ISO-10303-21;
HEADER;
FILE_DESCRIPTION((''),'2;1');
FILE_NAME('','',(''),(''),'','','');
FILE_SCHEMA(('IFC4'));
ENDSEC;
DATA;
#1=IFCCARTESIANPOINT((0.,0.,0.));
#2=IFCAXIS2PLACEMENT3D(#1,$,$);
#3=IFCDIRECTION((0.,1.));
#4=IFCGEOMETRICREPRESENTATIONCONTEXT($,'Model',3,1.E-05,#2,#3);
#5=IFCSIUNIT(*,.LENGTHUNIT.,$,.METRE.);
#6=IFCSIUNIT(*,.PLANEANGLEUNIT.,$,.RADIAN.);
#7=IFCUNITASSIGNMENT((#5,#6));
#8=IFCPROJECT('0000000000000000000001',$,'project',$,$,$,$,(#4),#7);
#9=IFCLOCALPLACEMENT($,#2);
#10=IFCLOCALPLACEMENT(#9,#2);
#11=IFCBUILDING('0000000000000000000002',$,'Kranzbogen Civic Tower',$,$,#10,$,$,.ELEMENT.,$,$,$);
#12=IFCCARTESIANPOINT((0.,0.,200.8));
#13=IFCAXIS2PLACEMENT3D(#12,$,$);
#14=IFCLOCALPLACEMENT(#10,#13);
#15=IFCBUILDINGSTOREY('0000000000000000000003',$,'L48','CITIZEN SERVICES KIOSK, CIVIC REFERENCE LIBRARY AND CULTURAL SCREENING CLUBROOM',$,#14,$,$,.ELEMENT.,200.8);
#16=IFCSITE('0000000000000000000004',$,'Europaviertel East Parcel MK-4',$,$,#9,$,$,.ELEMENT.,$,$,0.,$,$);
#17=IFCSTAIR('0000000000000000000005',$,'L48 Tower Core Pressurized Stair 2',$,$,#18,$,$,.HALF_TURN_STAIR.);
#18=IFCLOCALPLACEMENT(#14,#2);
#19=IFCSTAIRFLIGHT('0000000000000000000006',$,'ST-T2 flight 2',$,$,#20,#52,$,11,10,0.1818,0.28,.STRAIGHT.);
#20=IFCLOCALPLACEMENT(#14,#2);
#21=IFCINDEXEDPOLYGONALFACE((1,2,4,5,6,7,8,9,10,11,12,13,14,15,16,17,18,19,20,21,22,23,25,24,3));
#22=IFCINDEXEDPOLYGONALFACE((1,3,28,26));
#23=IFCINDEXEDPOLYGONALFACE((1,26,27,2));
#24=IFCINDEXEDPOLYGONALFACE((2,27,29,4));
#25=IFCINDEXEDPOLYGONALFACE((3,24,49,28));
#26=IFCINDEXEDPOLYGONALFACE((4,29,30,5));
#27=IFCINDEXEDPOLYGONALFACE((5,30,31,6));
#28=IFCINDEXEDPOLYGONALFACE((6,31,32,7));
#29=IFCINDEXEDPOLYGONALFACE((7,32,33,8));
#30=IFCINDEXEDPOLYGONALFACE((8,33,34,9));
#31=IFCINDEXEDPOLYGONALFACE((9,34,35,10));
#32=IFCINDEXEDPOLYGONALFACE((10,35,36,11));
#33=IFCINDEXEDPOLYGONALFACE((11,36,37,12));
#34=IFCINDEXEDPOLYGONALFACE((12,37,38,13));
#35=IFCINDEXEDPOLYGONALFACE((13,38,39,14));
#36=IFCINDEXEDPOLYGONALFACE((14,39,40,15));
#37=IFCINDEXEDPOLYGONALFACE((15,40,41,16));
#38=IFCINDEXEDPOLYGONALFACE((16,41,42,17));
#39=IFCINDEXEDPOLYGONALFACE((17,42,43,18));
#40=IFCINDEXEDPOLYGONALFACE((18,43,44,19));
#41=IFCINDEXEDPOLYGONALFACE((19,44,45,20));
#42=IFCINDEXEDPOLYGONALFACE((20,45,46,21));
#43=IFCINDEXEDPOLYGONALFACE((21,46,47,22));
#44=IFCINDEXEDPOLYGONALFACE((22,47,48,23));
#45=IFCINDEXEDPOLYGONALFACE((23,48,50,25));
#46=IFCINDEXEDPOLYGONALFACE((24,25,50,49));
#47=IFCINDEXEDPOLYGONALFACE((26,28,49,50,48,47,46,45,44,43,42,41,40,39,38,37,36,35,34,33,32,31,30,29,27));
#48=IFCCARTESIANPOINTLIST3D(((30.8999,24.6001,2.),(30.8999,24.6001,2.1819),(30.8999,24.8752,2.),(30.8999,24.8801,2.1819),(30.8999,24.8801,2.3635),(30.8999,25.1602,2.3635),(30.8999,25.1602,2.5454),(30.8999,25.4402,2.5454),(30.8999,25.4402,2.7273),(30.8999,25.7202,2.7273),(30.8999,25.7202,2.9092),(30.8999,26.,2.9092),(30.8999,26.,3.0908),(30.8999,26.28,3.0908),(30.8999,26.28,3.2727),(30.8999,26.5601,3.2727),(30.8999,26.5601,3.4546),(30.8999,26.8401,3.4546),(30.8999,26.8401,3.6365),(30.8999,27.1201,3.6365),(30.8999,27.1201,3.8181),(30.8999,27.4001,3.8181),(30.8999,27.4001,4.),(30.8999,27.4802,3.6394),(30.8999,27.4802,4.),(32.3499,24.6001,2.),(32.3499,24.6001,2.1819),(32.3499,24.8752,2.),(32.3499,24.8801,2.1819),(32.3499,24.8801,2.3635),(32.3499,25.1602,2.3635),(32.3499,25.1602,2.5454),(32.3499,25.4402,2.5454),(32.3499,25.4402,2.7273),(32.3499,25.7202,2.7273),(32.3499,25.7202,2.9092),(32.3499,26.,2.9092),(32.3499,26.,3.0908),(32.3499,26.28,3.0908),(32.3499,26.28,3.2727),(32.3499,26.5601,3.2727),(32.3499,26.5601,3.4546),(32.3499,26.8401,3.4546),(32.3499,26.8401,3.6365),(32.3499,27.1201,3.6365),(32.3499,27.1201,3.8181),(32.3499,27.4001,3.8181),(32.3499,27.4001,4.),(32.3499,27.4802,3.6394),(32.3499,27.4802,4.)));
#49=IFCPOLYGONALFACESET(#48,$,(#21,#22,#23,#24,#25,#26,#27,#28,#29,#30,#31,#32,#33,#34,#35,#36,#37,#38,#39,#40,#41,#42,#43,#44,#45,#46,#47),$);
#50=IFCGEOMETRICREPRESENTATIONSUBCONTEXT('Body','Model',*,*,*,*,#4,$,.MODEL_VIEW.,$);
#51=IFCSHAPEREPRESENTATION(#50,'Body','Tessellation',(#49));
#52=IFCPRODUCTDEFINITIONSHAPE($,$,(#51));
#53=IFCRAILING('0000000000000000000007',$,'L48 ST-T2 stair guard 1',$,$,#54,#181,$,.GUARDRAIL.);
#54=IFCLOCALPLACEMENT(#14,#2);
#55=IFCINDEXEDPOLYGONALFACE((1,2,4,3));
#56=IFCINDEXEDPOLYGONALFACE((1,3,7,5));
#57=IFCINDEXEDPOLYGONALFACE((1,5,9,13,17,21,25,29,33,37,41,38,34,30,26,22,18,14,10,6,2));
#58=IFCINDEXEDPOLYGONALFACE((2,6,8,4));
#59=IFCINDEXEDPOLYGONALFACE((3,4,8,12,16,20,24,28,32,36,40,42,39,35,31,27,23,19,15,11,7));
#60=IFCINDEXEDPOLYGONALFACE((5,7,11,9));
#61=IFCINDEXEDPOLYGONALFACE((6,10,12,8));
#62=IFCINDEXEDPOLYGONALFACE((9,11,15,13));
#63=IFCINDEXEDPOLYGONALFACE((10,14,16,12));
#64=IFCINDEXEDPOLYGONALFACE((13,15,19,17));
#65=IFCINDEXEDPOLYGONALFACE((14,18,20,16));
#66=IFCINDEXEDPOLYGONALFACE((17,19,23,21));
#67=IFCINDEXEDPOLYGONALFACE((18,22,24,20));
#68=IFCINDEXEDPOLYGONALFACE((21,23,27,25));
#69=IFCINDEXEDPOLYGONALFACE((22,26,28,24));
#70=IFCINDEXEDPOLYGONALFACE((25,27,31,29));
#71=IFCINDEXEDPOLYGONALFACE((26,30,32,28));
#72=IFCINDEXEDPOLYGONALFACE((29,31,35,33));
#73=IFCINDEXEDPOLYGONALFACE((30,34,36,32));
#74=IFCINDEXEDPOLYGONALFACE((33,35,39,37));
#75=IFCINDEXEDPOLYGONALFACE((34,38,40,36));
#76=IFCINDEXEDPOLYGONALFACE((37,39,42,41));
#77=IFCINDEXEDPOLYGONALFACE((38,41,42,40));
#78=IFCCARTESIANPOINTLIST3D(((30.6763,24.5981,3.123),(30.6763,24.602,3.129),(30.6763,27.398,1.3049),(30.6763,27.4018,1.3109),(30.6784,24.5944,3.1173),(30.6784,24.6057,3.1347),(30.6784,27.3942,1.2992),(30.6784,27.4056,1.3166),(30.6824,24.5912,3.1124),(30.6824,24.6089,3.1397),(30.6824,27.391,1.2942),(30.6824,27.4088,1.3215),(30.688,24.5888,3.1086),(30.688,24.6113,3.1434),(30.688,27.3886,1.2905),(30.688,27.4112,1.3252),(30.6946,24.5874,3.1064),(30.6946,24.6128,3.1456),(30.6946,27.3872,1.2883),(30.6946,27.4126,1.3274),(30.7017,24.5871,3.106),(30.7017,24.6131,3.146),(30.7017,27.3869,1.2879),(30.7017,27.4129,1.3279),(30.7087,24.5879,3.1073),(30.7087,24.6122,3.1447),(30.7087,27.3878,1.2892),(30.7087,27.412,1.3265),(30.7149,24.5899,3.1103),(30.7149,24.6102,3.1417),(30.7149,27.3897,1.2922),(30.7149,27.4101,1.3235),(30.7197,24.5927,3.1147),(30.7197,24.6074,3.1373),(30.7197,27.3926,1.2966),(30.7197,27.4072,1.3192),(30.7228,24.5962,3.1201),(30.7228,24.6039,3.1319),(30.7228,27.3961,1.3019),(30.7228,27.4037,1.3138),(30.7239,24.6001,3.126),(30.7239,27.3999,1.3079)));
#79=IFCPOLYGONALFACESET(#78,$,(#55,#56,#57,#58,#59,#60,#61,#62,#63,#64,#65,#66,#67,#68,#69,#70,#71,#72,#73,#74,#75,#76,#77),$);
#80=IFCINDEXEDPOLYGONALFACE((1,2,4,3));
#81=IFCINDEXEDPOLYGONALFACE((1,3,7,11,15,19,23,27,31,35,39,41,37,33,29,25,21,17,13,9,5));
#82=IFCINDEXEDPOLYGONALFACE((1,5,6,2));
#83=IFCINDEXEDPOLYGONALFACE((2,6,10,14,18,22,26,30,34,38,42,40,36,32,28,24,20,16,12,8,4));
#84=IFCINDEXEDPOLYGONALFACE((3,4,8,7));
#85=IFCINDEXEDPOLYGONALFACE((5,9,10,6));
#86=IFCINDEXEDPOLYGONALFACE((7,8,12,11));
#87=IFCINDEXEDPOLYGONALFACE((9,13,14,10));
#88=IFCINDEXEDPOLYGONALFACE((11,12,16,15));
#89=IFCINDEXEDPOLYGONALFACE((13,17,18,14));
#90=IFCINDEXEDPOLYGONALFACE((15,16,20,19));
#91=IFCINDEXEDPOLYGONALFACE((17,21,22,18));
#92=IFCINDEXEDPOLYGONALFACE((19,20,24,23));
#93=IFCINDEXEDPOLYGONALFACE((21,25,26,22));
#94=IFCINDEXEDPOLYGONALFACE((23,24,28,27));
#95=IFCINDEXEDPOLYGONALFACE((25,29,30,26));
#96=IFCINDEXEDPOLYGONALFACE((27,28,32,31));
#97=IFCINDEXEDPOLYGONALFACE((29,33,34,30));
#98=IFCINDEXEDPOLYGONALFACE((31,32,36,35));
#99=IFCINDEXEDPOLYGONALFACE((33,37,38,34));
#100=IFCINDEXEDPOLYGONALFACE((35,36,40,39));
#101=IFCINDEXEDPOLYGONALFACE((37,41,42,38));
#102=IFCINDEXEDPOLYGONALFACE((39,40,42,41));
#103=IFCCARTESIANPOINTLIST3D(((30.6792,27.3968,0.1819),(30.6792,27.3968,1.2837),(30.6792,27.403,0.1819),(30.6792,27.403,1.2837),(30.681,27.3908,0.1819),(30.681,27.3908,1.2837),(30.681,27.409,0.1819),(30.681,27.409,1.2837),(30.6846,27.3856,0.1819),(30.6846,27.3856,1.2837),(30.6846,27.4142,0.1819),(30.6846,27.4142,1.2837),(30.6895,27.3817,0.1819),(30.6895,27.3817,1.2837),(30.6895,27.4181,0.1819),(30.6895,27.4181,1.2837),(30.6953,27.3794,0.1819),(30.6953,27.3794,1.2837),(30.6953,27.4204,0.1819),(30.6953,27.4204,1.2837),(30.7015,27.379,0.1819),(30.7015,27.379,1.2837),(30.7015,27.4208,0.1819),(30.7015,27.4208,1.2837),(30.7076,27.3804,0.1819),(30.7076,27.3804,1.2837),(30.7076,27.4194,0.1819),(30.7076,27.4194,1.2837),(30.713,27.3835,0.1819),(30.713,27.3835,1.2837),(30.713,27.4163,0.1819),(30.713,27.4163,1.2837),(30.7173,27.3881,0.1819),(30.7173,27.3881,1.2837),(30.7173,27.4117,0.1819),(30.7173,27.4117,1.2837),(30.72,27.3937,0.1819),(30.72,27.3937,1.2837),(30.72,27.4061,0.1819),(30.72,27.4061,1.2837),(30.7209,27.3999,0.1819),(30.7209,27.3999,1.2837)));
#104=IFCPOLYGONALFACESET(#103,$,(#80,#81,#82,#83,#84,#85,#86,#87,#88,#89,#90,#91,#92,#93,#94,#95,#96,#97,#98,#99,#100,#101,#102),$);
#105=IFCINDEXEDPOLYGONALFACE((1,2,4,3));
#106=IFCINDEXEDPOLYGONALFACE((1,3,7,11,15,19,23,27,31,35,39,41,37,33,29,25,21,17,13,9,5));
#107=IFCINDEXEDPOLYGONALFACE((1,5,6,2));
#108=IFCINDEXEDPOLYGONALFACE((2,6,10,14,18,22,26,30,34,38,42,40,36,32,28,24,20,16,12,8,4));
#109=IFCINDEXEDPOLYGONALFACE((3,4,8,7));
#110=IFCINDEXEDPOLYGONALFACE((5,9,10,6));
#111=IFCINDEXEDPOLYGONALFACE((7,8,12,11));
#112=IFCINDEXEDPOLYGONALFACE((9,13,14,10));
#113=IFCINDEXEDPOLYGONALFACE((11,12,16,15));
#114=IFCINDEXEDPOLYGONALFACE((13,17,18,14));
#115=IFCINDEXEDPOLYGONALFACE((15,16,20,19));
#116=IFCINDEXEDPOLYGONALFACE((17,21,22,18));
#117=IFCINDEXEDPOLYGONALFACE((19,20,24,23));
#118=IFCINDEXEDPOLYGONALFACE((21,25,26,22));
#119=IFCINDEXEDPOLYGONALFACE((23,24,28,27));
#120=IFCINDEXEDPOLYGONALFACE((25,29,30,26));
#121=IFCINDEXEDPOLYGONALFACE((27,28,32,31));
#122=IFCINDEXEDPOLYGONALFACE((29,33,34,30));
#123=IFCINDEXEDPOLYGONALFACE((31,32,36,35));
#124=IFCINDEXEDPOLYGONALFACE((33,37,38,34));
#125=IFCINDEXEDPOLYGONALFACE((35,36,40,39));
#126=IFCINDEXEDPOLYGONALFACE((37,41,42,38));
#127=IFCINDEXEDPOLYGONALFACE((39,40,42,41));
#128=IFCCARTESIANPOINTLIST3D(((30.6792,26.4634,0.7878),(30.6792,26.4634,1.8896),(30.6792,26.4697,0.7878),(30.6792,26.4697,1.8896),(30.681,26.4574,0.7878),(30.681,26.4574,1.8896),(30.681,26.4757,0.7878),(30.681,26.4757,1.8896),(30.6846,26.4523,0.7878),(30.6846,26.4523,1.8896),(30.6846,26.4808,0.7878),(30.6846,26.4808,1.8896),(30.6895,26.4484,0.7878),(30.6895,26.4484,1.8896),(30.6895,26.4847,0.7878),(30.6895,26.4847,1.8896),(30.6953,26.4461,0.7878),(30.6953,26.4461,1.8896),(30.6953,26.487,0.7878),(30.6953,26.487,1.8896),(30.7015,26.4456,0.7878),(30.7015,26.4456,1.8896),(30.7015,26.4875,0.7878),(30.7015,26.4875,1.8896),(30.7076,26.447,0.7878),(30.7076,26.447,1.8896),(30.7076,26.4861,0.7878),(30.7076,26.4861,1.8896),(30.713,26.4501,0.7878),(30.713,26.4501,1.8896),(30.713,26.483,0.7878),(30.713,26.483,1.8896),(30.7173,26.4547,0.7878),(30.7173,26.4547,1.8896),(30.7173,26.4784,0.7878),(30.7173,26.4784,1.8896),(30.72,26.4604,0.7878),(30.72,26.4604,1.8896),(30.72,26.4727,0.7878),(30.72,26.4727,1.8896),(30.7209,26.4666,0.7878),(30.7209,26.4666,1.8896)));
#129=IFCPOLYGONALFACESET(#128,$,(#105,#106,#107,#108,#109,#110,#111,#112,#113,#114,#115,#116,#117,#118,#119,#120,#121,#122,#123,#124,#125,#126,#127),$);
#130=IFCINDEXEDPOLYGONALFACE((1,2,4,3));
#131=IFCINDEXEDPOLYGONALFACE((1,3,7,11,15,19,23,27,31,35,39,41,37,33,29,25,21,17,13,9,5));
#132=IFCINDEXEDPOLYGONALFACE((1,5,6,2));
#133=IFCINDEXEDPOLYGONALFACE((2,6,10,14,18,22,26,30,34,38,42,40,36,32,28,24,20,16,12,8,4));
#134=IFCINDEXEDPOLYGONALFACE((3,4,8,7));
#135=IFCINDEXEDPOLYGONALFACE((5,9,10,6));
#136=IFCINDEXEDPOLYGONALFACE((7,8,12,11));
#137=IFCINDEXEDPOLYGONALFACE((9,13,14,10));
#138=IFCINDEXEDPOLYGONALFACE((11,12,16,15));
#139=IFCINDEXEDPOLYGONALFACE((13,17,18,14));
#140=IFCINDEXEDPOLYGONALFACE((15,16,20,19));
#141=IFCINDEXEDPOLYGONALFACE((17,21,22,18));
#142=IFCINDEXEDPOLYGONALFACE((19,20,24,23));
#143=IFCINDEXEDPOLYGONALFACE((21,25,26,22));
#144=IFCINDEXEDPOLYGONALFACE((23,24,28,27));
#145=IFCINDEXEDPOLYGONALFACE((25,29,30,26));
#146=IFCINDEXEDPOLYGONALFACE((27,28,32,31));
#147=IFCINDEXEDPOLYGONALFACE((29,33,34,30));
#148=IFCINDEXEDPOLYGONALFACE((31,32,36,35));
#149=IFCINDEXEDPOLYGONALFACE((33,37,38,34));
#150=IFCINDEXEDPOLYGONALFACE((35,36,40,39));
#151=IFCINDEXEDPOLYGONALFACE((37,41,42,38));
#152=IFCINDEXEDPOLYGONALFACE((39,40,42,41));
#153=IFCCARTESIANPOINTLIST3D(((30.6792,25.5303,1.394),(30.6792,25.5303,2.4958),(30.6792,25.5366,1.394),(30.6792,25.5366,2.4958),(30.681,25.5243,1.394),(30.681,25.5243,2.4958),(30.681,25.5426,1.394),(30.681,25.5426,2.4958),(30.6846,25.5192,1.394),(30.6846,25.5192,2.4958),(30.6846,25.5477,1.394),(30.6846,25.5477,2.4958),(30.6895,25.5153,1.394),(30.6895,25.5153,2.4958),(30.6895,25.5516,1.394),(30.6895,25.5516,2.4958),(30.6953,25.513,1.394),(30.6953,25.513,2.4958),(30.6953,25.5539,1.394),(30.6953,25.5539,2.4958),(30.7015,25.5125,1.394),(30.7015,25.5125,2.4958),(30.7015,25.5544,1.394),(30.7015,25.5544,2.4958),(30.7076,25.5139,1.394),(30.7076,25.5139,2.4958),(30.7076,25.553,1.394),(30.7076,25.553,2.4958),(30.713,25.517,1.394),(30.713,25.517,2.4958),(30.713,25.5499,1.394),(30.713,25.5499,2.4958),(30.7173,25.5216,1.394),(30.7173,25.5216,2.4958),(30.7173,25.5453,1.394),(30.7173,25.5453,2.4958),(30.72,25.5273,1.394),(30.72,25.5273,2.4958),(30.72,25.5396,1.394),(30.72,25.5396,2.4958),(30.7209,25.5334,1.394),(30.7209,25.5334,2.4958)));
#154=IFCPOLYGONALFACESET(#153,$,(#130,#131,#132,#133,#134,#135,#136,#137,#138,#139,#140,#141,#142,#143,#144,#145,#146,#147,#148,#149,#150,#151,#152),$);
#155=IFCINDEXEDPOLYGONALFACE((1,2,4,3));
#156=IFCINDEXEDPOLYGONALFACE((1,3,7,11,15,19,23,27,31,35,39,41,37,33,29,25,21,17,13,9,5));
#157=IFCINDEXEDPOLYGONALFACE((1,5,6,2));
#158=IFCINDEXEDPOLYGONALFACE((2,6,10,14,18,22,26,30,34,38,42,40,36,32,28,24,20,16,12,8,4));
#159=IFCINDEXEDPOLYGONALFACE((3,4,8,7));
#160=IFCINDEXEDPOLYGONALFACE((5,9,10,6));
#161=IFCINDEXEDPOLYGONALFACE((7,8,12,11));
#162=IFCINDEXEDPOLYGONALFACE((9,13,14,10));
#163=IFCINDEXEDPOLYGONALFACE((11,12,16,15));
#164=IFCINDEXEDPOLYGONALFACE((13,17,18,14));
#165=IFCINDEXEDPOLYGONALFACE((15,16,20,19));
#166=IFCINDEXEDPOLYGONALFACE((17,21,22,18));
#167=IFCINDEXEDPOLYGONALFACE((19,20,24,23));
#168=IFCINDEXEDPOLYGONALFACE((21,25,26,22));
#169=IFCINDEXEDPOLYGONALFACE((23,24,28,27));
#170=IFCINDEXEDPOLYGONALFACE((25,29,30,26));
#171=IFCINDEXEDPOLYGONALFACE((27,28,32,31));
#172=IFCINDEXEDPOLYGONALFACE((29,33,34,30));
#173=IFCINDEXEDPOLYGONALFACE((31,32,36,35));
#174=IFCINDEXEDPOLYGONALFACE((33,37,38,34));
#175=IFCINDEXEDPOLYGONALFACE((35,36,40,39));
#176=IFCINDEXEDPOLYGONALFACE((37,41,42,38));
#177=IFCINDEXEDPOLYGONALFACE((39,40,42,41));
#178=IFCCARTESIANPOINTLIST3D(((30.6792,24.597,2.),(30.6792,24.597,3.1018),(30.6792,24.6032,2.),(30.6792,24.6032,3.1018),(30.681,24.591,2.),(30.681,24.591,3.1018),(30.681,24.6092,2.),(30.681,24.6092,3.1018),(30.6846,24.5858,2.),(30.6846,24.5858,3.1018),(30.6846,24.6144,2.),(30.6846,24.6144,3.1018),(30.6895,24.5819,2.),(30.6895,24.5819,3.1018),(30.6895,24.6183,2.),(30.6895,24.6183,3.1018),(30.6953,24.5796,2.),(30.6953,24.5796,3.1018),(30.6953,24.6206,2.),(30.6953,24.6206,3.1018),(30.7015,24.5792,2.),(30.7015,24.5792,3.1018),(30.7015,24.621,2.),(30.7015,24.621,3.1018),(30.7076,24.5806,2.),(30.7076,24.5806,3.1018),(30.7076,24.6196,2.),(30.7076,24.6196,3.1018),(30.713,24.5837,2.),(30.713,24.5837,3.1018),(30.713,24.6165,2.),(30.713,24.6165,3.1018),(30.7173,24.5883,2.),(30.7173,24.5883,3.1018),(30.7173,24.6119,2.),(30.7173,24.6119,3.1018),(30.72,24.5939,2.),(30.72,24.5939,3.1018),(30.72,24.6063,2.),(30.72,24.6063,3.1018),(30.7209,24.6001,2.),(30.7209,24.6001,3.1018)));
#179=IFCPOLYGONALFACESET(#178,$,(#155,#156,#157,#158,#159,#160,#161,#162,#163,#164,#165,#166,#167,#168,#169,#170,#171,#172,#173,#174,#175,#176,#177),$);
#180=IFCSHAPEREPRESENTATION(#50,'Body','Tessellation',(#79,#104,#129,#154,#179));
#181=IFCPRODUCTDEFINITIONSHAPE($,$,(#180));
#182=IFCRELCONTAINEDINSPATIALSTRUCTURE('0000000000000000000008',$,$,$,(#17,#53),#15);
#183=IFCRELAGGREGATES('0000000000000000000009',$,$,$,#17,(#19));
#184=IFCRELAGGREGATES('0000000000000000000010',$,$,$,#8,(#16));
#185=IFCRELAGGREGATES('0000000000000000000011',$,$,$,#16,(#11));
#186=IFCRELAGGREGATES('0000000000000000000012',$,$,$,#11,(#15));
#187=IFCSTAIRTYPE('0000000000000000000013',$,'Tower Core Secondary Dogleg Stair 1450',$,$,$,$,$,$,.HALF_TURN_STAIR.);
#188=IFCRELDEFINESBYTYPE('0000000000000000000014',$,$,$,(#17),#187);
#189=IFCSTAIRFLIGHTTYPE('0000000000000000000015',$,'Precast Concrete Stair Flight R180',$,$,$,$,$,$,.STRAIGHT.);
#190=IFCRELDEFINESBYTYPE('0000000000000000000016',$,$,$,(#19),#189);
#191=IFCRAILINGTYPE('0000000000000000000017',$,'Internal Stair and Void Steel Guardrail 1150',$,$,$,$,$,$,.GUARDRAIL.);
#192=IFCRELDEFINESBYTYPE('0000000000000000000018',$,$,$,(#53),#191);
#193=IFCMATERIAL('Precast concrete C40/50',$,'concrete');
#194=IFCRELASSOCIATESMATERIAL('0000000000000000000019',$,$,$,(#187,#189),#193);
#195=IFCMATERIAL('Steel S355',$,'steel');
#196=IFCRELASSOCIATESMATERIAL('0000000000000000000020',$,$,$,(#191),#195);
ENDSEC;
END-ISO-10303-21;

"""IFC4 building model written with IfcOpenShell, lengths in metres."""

from ifc_helpers import new_model, si_unit, direction, frame, origin, origin_2d, place, context, subcontext, project, spatial, polyline, circle, outline, extrude, material, type_object, element, aggregate, save


model = new_model("IFC4")

# Units and contexts
model_context = context("Model", 3, precision=1e-05, world=origin(), true_north=direction((0.0, 1.0)))
body_context = subcontext(model_context, "Body", "Model", "MODEL_VIEW")
ifc_project = project(units=[si_unit("LENGTHUNIT", "METRE"), si_unit("PLANEANGLEUNIT", "RADIAN")], contexts=[model_context])

# Site, building, storey
site_placement = place(None, origin())
site = spatial("IfcSite", under=ifc_project, at=site_placement, Name="Europaviertel East Parcel MK-4", CompositionType="ELEMENT", RefElevation=0.0)
building_placement = place(site_placement, origin())
building = spatial("IfcBuilding", under=site, at=building_placement, Name="Kranzbogen Civic Tower", CompositionType="ELEMENT")
storey_placement = place(building_placement, frame((0.0, 0.0, 200.8)))
storey = spatial("IfcBuildingStorey", under=building, at=storey_placement, Name="L48", Description="CITIZEN SERVICES KIOSK, CIVIC REFERENCE LIBRARY AND CULTURAL SCREENING CLUBROOM", CompositionType="ELEMENT", Elevation=200.8)

# Shared definitions
ifc_material_1 = material(Name="Steel S355", Category="steel")

# Stair, stair flight
ifc_material_2 = material(Name="Precast concrete C40/50", Category="concrete")
stair_type = type_object("IfcStairType", Name="Tower Core Secondary Dogleg Stair 1450", PredefinedType="HALF_TURN_STAIR", material=ifc_material_2)
stair_placement = place(storey_placement, origin())
stair = element("IfcStair", 1, at=stair_placement, inside=storey, type_object=stair_type, Name="L48 Tower Core Pressurized Stair 2", PredefinedType="HALF_TURN_STAIR")
stair_flight_type = type_object("IfcStairFlightType", Name="Precast Concrete Stair Flight R180", PredefinedType="STRAIGHT", material=ifc_material_2)
stair_flight_1_placement = place(storey_placement, frame((31.625, 24.6001, 2.0), z_axis=(0.0, 0.0, 1.0), x_axis=(0.0, 1.0, 0.0)))
stair_flight_1 = element("IfcStairFlight", 2, at=stair_flight_1_placement, type_object=stair_flight_type, Name="ST-T2 flight 2", NumberOfRisers=11, NumberOfTreads=10, PredefinedType="STRAIGHT", RiserHeight=0.1818, TreadLength=0.28, context=body_context, shape_type="SweptSolid", body=[
    extrude(outline(polyline([(0.0, 0.0), (0.0, 0.1819), (0.28, 0.1819), (0.28, 0.3635), (0.5601, 0.3635), (0.5601, 0.5454), (0.8401, 0.5454), (0.8401, 0.7273), (1.1201, 0.7273), (1.1201, 0.9092), (1.3999, 0.9092), (1.3999, 1.0908), (1.6799, 1.0908), (1.6799, 1.2727), (1.96, 1.2727), (1.96, 1.4546), (2.24, 1.4546), (2.24, 1.6365), (2.52, 1.6365), (2.52, 1.8181), (2.8, 1.8181), (2.8, 2.0), (2.8801, 2.0), (2.8801, 1.6394), (0.2751, 0.0), (0.0, 0.0)])), frame((0.0, 0.7251, 0.0), z_axis=(0.0, -1.0, 0.0), x_axis=(1.0, 0.0, 0.0)), (0.0, 0.0, 1.0), 1.45),
])
aggregate(stair, [stair_flight_1])

# Railing
railing_type_1 = type_object("IfcRailingType", Name="Internal Stair and Void Steel Guardrail 1150", PredefinedType="GUARDRAIL", material=ifc_material_1)
railing_1_placement = place(storey_placement, frame((30.7, 27.3999, 0.1819)))
element("IfcRailing", 3, at=railing_1_placement, inside=storey, type_object=railing_type_1, Name="L48 ST-T2 stair guard 1", PredefinedType="GUARDRAIL", context=body_context, shape_type="SweptSolid", body=[
    extrude(circle(Radius=0.0239, at=origin_2d()), frame((0.0, 0.0, 1.126), z_axis=(0.0, -0.838684, 0.544618), x_axis=(1.0, 0.0, 0.0)), (0.0, 0.0, 1.0), 3.3384),
    extrude(circle(Radius=0.021, at=origin_2d()), origin(), (0.0, 0.0, 1.0), 1.1018),
    extrude(circle(Radius=0.021, at=origin_2d()), frame((0.0, -0.9333, 0.606)), (0.0, 0.0, 1.0), 1.1018),
    extrude(circle(Radius=0.021, at=origin_2d()), frame((0.0, -1.8665, 1.2122)), (0.0, 0.0, 1.0), 1.1018),
    extrude(circle(Radius=0.021, at=origin_2d()), frame((0.0, -2.7998, 1.8181)), (0.0, 0.0, 1.0), 1.1018),
])

save(model, "model.ifc")
